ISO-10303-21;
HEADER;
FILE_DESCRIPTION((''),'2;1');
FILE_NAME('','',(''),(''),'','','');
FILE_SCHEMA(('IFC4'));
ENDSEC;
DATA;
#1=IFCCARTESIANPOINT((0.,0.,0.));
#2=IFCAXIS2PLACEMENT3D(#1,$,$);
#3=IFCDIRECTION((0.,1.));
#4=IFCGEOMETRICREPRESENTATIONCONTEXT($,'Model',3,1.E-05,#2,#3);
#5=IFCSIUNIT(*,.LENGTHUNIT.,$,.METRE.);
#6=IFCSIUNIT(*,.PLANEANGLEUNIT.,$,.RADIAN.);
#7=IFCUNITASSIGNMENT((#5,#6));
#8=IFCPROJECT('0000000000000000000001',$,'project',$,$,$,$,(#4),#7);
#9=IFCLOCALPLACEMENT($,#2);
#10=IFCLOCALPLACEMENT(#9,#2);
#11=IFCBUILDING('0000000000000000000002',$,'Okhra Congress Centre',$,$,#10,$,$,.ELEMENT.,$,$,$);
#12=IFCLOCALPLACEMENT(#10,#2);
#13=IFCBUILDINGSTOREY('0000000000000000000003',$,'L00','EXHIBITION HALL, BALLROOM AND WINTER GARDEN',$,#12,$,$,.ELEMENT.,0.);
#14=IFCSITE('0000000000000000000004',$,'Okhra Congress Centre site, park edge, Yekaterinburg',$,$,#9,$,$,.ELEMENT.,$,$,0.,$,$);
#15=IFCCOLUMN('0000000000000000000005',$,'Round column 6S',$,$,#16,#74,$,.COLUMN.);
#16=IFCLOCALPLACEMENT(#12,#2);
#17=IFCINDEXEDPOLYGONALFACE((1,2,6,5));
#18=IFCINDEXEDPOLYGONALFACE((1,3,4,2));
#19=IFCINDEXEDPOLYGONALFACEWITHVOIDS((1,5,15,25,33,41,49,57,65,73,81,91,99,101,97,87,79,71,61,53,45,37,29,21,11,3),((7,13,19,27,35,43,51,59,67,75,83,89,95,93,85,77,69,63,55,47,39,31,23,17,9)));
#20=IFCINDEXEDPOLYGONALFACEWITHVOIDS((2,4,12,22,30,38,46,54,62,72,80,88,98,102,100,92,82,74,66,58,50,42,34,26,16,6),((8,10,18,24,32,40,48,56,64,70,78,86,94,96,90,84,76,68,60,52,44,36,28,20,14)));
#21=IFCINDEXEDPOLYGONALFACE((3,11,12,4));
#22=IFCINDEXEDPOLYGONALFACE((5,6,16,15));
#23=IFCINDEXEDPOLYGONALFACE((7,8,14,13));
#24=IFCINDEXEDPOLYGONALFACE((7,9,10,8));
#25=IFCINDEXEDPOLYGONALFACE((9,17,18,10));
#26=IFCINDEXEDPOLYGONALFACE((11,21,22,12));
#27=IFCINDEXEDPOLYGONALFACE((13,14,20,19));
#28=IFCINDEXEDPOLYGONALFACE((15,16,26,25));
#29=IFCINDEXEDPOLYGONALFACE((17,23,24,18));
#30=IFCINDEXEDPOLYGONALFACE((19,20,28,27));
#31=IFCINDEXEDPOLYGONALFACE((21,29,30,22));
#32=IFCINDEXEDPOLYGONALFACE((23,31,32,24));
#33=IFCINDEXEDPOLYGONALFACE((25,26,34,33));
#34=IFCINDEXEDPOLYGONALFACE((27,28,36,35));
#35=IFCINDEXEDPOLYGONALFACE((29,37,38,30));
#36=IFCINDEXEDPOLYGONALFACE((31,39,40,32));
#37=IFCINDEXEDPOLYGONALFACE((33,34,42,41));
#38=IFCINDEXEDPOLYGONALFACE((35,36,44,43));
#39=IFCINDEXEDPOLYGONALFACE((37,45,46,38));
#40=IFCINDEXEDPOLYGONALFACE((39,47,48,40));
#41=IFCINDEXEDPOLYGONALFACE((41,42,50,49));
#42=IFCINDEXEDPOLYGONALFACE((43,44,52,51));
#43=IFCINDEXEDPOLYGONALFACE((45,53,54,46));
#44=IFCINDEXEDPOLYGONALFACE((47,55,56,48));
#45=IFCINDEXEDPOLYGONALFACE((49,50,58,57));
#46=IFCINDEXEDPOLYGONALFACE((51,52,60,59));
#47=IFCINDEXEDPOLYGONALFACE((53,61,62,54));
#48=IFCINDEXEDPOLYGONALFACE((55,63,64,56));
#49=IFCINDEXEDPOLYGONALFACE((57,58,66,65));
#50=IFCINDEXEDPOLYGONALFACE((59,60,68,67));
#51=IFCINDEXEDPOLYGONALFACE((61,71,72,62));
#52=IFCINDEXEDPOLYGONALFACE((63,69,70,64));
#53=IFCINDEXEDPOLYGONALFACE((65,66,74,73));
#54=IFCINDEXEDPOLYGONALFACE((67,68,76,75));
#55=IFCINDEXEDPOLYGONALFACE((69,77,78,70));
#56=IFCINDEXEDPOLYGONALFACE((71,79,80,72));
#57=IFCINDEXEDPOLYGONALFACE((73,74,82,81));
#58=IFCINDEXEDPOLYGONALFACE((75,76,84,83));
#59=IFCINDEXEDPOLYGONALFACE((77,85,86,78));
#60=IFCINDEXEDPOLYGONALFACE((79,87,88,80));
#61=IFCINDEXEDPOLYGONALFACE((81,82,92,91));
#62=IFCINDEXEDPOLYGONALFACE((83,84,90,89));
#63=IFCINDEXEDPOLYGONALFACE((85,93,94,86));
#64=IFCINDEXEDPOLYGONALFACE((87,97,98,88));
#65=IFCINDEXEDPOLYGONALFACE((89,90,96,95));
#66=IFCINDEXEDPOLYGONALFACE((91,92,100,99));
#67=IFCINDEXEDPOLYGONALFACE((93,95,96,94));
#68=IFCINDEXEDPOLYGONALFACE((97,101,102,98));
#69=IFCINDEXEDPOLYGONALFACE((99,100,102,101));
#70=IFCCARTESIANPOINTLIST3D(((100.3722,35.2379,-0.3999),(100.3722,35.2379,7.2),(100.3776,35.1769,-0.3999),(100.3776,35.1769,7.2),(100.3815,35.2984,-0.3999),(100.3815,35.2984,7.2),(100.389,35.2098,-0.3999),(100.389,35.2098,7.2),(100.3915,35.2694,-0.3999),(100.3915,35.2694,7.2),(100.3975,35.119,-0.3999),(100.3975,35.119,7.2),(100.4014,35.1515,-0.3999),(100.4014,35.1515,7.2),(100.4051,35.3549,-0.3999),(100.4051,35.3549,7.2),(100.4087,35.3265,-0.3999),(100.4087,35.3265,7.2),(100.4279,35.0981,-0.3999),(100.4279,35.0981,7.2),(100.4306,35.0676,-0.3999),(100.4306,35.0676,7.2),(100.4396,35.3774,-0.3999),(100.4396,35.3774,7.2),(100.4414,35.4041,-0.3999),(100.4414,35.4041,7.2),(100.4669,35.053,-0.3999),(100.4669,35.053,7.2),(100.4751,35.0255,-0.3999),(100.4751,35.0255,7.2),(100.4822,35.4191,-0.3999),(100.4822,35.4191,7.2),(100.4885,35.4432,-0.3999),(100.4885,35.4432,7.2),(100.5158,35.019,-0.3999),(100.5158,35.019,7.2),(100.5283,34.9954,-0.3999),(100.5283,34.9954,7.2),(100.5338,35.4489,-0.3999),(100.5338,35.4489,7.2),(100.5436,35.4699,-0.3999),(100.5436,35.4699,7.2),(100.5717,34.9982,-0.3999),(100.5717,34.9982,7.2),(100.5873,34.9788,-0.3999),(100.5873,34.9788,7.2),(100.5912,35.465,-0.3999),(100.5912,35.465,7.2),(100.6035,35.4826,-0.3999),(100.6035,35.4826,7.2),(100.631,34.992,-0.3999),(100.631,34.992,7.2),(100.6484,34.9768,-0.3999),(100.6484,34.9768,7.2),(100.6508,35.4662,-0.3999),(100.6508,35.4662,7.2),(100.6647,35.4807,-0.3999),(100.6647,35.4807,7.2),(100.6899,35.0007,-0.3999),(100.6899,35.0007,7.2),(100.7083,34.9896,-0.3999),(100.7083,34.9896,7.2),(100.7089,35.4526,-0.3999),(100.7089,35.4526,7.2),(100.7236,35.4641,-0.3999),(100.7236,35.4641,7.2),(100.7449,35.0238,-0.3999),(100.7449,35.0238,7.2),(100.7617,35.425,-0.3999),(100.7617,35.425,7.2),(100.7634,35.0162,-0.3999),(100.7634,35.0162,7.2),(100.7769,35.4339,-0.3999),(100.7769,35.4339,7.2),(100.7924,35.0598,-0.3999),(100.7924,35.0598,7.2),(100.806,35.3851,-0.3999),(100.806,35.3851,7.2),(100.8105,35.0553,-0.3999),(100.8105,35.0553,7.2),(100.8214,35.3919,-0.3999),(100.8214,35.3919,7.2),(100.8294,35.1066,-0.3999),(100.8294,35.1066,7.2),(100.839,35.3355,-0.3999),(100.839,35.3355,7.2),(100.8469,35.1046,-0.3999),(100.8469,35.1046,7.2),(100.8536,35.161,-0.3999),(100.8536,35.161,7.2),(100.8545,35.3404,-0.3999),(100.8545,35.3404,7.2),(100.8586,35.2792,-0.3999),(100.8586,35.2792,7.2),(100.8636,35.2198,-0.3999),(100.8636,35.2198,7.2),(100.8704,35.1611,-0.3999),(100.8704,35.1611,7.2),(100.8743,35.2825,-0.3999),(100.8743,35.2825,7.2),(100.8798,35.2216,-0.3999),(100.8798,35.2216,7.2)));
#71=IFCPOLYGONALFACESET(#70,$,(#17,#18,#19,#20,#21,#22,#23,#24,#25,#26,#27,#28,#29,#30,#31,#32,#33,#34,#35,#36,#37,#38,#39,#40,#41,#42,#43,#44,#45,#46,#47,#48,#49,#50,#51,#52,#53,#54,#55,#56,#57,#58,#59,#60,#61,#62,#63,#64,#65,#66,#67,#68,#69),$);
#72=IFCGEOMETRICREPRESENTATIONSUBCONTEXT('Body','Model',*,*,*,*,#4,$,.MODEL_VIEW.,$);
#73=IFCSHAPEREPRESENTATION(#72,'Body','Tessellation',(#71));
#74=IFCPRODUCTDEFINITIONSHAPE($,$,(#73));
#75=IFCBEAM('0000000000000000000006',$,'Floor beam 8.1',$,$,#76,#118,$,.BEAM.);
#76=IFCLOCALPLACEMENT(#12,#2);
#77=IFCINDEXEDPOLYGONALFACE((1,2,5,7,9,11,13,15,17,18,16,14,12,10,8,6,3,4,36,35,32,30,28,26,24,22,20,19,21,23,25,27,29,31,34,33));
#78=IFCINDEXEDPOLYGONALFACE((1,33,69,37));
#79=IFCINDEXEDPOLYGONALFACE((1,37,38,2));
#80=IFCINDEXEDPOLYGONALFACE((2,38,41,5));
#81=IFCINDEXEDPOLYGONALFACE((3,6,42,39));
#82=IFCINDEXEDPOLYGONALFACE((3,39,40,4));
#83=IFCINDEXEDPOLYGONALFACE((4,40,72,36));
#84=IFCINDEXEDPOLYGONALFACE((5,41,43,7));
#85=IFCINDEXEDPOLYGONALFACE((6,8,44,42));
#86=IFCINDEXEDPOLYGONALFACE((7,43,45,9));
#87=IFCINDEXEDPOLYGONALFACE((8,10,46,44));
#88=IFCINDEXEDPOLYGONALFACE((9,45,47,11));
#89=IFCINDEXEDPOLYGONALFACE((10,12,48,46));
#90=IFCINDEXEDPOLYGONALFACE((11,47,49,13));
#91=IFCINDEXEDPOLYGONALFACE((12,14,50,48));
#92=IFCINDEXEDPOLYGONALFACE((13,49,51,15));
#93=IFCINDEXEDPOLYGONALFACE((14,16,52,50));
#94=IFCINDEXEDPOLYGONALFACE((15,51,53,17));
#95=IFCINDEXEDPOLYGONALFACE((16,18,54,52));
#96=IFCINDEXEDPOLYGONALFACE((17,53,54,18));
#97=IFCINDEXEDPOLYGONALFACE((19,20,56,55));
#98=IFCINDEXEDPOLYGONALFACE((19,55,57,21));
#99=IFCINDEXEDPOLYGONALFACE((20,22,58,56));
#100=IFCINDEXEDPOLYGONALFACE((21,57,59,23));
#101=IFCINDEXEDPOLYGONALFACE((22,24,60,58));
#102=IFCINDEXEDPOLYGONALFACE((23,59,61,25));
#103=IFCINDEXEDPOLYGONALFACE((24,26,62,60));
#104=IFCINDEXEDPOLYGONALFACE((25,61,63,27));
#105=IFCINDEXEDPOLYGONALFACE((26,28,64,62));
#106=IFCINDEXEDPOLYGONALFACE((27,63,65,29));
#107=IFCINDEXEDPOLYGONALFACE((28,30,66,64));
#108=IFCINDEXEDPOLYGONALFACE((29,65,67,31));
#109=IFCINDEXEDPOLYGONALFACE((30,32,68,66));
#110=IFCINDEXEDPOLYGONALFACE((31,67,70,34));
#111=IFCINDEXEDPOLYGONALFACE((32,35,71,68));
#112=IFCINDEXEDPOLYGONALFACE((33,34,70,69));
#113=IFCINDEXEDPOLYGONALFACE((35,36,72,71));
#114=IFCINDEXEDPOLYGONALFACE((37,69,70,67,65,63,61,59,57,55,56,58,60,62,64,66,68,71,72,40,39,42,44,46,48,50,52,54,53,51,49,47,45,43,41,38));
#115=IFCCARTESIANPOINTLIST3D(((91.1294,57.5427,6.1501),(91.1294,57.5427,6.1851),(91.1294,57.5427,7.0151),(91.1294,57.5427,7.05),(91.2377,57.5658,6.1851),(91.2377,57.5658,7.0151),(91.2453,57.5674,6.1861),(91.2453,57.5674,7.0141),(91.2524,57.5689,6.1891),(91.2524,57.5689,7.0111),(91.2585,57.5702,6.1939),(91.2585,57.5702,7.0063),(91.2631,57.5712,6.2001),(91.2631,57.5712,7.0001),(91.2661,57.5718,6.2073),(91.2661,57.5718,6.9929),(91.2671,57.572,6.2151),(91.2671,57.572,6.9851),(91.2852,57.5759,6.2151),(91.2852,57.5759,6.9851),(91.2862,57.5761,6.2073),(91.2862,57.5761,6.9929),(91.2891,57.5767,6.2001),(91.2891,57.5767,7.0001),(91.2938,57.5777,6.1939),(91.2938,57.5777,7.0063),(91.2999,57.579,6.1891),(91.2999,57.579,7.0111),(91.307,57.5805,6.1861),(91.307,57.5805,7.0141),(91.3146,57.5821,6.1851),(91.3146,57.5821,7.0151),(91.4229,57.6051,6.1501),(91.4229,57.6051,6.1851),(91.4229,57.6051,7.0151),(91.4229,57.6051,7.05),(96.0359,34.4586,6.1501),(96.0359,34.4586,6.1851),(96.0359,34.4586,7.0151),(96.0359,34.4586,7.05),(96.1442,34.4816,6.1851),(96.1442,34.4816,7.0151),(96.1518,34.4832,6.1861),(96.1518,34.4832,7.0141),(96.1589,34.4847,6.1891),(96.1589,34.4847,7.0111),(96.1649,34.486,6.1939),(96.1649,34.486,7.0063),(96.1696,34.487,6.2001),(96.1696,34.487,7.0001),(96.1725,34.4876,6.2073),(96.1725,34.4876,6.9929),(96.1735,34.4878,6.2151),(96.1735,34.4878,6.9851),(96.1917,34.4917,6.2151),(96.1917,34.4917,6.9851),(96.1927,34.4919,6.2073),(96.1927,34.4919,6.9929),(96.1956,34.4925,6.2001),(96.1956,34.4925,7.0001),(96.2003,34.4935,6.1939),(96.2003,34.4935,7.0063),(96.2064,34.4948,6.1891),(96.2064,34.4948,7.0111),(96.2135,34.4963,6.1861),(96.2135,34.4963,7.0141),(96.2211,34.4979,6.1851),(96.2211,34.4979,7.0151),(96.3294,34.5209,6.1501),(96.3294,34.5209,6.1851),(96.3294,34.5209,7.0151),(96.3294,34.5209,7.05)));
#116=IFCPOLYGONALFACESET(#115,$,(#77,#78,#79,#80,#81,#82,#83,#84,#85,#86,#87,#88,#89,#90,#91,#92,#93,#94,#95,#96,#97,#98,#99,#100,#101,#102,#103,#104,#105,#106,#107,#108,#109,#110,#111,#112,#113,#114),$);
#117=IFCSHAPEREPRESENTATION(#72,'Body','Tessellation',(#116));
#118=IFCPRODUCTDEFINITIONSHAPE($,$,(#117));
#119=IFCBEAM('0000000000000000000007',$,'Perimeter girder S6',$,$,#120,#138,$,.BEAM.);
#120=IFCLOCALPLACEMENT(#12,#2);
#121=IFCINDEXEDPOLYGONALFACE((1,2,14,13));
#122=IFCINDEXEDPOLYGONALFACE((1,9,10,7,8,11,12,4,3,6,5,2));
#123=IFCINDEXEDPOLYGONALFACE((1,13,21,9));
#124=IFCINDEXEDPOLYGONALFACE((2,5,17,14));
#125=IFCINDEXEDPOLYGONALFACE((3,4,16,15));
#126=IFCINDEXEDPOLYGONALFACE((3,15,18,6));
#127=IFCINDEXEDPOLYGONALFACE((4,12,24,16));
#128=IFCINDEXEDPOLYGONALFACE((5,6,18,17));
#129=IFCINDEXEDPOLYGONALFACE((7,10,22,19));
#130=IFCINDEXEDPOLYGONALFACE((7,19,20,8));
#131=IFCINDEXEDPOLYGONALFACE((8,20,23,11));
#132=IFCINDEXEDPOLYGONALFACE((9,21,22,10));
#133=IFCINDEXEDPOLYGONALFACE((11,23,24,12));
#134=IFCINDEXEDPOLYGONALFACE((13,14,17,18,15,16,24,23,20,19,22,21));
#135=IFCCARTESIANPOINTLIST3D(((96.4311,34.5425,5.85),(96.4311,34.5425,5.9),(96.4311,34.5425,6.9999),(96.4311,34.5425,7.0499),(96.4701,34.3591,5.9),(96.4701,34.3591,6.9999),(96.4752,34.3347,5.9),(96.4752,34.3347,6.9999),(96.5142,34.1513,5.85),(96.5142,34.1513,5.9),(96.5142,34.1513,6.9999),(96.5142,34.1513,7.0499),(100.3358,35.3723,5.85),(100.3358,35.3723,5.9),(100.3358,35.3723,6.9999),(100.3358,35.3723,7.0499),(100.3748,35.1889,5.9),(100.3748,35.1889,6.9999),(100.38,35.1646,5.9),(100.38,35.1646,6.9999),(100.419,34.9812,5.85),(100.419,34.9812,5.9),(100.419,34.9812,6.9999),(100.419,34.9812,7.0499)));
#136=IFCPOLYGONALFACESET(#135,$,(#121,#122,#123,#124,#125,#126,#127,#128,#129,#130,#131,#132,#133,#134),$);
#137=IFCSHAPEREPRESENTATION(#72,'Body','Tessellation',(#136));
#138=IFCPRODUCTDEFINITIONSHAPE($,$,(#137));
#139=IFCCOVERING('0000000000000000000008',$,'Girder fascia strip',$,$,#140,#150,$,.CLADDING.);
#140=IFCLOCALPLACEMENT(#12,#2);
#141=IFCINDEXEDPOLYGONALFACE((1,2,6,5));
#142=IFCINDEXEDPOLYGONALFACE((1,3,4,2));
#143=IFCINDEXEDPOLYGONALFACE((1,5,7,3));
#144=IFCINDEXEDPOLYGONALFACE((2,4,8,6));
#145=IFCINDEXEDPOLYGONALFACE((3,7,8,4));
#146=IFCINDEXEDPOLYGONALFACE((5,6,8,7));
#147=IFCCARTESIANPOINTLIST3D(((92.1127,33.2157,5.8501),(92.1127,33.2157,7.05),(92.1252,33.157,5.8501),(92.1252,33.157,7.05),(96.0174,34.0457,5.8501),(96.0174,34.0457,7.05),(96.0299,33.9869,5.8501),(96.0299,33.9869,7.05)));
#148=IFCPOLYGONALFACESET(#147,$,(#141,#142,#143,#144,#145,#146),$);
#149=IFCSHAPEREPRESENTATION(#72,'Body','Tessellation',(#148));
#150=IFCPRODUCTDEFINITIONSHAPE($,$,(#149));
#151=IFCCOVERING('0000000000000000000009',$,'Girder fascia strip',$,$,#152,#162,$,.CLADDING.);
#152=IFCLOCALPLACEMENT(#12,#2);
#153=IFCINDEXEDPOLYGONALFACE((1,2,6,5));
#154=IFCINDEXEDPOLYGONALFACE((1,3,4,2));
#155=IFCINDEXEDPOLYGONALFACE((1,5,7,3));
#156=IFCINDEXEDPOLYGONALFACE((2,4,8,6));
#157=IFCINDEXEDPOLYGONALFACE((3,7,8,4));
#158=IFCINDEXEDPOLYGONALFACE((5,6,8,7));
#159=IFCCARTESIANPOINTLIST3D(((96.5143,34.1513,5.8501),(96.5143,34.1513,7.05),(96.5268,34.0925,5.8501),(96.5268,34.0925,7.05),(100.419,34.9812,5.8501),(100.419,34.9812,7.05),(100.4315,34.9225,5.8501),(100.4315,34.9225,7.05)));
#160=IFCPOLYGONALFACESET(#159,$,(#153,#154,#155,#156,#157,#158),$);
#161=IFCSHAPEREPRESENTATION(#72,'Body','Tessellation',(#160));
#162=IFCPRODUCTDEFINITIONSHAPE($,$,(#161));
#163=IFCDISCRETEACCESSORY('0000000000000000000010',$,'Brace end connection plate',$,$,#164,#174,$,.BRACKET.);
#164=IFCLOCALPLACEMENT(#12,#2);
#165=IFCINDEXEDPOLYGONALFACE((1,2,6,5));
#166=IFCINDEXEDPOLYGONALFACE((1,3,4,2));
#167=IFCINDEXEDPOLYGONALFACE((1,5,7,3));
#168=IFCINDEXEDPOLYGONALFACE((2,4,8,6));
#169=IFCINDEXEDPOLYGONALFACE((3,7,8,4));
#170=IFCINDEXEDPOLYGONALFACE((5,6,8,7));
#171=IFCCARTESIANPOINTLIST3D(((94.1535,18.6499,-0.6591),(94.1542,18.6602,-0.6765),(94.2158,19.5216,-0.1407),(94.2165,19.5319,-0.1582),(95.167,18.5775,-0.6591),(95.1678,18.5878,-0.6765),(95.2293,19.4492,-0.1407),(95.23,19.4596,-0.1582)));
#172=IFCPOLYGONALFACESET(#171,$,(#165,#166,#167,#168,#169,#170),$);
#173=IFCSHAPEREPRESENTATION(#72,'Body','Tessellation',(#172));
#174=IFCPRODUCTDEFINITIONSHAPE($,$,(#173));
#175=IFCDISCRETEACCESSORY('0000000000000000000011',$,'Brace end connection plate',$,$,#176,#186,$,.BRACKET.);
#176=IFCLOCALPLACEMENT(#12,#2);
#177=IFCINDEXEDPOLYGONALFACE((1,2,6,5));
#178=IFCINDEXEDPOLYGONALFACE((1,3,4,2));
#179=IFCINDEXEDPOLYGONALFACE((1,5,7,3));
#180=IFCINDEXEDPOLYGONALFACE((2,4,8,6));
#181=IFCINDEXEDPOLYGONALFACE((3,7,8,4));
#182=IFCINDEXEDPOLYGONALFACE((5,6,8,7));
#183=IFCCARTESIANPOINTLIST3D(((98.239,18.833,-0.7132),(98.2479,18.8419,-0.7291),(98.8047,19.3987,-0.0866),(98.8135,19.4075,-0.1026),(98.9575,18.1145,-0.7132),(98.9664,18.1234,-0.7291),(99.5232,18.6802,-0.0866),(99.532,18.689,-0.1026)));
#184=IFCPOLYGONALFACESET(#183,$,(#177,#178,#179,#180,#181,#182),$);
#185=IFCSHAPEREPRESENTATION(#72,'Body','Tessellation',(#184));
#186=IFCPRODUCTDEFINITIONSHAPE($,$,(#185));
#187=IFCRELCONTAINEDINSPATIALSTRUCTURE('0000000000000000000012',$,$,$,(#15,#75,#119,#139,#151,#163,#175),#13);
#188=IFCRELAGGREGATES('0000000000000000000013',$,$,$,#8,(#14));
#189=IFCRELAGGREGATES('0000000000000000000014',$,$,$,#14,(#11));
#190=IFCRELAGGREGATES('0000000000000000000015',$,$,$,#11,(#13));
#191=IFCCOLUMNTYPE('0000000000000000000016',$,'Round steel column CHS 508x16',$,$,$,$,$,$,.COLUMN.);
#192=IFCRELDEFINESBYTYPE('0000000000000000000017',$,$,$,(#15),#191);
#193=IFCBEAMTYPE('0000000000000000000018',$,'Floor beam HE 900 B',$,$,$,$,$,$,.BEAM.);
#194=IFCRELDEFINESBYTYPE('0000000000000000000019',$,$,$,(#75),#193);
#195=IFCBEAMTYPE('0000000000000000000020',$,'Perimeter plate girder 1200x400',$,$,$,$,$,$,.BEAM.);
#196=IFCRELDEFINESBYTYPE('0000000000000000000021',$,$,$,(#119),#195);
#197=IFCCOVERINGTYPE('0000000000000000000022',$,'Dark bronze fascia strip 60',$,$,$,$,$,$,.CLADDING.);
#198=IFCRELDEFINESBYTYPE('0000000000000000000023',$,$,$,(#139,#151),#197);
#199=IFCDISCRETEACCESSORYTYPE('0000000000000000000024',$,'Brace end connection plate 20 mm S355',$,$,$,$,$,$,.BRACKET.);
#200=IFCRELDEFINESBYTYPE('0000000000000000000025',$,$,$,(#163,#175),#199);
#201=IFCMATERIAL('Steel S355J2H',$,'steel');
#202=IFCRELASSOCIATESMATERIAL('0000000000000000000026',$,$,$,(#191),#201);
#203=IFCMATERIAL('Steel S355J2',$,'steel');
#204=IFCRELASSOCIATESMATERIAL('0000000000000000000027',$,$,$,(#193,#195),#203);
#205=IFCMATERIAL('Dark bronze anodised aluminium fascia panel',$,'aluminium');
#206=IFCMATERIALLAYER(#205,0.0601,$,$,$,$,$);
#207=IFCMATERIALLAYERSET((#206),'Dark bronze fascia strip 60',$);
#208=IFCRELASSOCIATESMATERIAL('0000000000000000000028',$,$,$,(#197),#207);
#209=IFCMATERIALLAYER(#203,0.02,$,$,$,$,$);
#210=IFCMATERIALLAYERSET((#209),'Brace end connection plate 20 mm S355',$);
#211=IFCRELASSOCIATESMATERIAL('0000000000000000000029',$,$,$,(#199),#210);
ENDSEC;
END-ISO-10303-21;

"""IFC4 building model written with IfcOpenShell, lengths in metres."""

from ifc_helpers import new_model, si_unit, direction, frame, origin, origin_2d, place, context, subcontext, project, spatial, rectangle, hollow_circle, i_section, extrude, material, layer, layer_set, material_profile, profile_set, type_object, element, save


model = new_model("IFC4")

# Units and contexts
model_context = context("Model", 3, precision=1e-05, world=origin(), true_north=direction((0.0, 1.0)))
body_context = subcontext(model_context, "Body", "Model", "MODEL_VIEW")
ifc_project = project(units=[si_unit("LENGTHUNIT", "METRE"), si_unit("PLANEANGLEUNIT", "RADIAN")], contexts=[model_context])

# Site, building, storey
site_placement = place(None, origin())
site = spatial("IfcSite", under=ifc_project, at=site_placement, Name="Okhra Congress Centre site, park edge, Yekaterinburg", CompositionType="ELEMENT", RefElevation=0.0)
building_placement = place(site_placement, origin())
building = spatial("IfcBuilding", under=site, at=building_placement, Name="Okhra Congress Centre", CompositionType="ELEMENT")
storey_placement = place(building_placement, origin())
storey = spatial("IfcBuildingStorey", under=building, at=storey_placement, Name="L00", Description="EXHIBITION HALL, BALLROOM AND WINTER GARDEN", CompositionType="ELEMENT", Elevation=0.0)

# Column
ifc_material_1 = material(Name="Steel S355J2H", Category="steel")
ifc_material_profile_1 = material_profile(ifc_material_1, hollow_circle(Radius=0.2539, WallThickness=0.0161, at=origin_2d()), Name="CHS 508x16")
ifc_profile_set_1 = profile_set([ifc_material_profile_1], Name="Steel S355J2H")
column_type_1 = type_object("IfcColumnType", Name="Round steel column CHS 508x16", PredefinedType="COLUMN", material=ifc_profile_set_1)
for number, where, z_axis, x_axis, name in (
    (1, (100.626, 35.2297, -0.3999), (0.0, 0.0, 1.0), (0.978148, 0.207912, 0.0), "Round column 6S"),
):
    element("IfcColumn", number, at=place(storey_placement, frame(where, z_axis=z_axis, x_axis=x_axis)), inside=storey, type_object=column_type_1, Name=name, PredefinedType="COLUMN", context=body_context, shape_type="SweptSolid", body=[
        extrude(hollow_circle(Radius=0.2539, WallThickness=0.0161, at=origin_2d()), origin(), (0.0, 0.0, 1.0), 7.5999),
    ])

# Beams
ifc_material_2 = material(Name="Steel S355J2", Category="steel")
ifc_material_profile_2 = material_profile(ifc_material_2, i_section(OverallWidth=0.3, OverallDepth=0.8999, WebThickness=0.0186, FlangeThickness=0.0349, FilletRadius=0.03, at=origin_2d()), Name="HE 900 B")
ifc_profile_set_2 = profile_set([ifc_material_profile_2], Name="Steel S355J2")
beam_type_1 = type_object("IfcBeamType", Name="Floor beam HE 900 B", PredefinedType="BEAM", material=ifc_profile_set_2)
beam_1_placement = place(storey_placement, frame((96.1826, 34.4897, 6.6001), z_axis=(-0.207903, 0.978149, 0.0), x_axis=(-0.978149, -0.207903, 0.0)))
element("IfcBeam", 2, at=beam_1_placement, inside=storey, type_object=beam_type_1, Name="Floor beam 8.1", PredefinedType="BEAM", context=body_context, shape_type="SweptSolid", body=[
    extrude(i_section(OverallWidth=0.3, OverallDepth=0.8999, WebThickness=0.0186, FlangeThickness=0.0349, FilletRadius=0.03, at=origin_2d()), origin(), (0.0, 0.0, 1.0), 23.5999),
])
ifc_material_profile_3 = material_profile(ifc_material_2, i_section(OverallWidth=0.3999, OverallDepth=1.2, WebThickness=0.0249, FlangeThickness=0.05, at=origin_2d()), Name="Plate girder 1200x400")
ifc_profile_set_3 = profile_set([ifc_material_profile_3], Name="Steel S355J2")
beam_type_2 = type_object("IfcBeamType", Name="Perimeter plate girder 1200x400", PredefinedType="BEAM", material=ifc_profile_set_3)
beam_2_placement = place(storey_placement, frame((96.4727, 34.3469, 6.45), z_axis=(0.978155, 0.207875, 0.0), x_axis=(-0.207875, 0.978155, 0.0)))
element("IfcBeam", 3, at=beam_2_placement, inside=storey, type_object=beam_type_2, Name="Perimeter girder S6", PredefinedType="BEAM", context=body_context, shape_type="SweptSolid", body=[
    extrude(i_section(OverallWidth=0.3999, OverallDepth=1.2, WebThickness=0.0249, FlangeThickness=0.05, at=origin_2d()), origin(), (0.0, 0.0, 1.0), 3.9919),
])

# Coverings
ifc_material_3 = material(Name="Dark bronze anodised aluminium fascia panel", Category="aluminium")
ifc_layer_1 = layer(ifc_material_3, 0.0601)
ifc_layer_set_1 = layer_set([ifc_layer_1], Name="Dark bronze fascia strip 60")
covering_type = type_object("IfcCoveringType", Name="Dark bronze fascia strip 60", PredefinedType="CLADDING", material=ifc_layer_set_1)
for number, where, z_axis, x_axis, name in (
    (4, (94.0713, 33.6013, 5.8501), (0.0, 0.0, 1.0), (0.978148, 0.207912, 0.0), "Girder fascia strip"),
    (5, (98.4729, 34.5369, 5.8501), (0.0, 0.0, 1.0), (0.978148, 0.207912, 0.0), "Girder fascia strip"),
):
    element("IfcCovering", number, at=place(storey_placement, frame(where, z_axis=z_axis, x_axis=x_axis)), inside=storey, type_object=covering_type, Name=name, PredefinedType="CLADDING", context=body_context, shape_type="SweptSolid", body=[
        extrude(rectangle(XDim=3.9919, YDim=0.0601, at=origin_2d()), origin(), (0.0, 0.0, 1.0), 1.2),
    ])

# Discrete accessories
ifc_layer_2 = layer(ifc_material_2, 0.02)
ifc_layer_set_2 = layer_set([ifc_layer_2], Name="Brace end connection plate 20 mm S355")
discrete_accessory_type = type_object("IfcDiscreteAccessoryType", Name="Brace end connection plate 20 mm S355", PredefinedType="BRACKET", material=ifc_layer_set_2)
for number, where, z_axis, x_axis, name in (
    (6, (94.6914, 19.0496, -0.3999), (0.036343, 0.508801, -0.860117), (-0.997459, 0.071247, 0.0), "Brace end connection plate"),
    (7, (98.8811, 18.7566, -0.3999), (0.436019, 0.436019, -0.787257), (-0.707107, 0.707107, 0.0), "Brace end connection plate"),
):
    element("IfcDiscreteAccessory", number, at=place(storey_placement, frame(where, z_axis=z_axis, x_axis=x_axis)), inside=storey, type_object=discrete_accessory_type, Name=name, PredefinedType="BRACKET", context=body_context, shape_type="SweptSolid", body=[
        extrude(rectangle(XDim=1.0161, YDim=1.0161, at=origin_2d()), origin(), (0.0, 0.0, 1.0), 0.0203),
    ])

save(model, "model.ifc")
